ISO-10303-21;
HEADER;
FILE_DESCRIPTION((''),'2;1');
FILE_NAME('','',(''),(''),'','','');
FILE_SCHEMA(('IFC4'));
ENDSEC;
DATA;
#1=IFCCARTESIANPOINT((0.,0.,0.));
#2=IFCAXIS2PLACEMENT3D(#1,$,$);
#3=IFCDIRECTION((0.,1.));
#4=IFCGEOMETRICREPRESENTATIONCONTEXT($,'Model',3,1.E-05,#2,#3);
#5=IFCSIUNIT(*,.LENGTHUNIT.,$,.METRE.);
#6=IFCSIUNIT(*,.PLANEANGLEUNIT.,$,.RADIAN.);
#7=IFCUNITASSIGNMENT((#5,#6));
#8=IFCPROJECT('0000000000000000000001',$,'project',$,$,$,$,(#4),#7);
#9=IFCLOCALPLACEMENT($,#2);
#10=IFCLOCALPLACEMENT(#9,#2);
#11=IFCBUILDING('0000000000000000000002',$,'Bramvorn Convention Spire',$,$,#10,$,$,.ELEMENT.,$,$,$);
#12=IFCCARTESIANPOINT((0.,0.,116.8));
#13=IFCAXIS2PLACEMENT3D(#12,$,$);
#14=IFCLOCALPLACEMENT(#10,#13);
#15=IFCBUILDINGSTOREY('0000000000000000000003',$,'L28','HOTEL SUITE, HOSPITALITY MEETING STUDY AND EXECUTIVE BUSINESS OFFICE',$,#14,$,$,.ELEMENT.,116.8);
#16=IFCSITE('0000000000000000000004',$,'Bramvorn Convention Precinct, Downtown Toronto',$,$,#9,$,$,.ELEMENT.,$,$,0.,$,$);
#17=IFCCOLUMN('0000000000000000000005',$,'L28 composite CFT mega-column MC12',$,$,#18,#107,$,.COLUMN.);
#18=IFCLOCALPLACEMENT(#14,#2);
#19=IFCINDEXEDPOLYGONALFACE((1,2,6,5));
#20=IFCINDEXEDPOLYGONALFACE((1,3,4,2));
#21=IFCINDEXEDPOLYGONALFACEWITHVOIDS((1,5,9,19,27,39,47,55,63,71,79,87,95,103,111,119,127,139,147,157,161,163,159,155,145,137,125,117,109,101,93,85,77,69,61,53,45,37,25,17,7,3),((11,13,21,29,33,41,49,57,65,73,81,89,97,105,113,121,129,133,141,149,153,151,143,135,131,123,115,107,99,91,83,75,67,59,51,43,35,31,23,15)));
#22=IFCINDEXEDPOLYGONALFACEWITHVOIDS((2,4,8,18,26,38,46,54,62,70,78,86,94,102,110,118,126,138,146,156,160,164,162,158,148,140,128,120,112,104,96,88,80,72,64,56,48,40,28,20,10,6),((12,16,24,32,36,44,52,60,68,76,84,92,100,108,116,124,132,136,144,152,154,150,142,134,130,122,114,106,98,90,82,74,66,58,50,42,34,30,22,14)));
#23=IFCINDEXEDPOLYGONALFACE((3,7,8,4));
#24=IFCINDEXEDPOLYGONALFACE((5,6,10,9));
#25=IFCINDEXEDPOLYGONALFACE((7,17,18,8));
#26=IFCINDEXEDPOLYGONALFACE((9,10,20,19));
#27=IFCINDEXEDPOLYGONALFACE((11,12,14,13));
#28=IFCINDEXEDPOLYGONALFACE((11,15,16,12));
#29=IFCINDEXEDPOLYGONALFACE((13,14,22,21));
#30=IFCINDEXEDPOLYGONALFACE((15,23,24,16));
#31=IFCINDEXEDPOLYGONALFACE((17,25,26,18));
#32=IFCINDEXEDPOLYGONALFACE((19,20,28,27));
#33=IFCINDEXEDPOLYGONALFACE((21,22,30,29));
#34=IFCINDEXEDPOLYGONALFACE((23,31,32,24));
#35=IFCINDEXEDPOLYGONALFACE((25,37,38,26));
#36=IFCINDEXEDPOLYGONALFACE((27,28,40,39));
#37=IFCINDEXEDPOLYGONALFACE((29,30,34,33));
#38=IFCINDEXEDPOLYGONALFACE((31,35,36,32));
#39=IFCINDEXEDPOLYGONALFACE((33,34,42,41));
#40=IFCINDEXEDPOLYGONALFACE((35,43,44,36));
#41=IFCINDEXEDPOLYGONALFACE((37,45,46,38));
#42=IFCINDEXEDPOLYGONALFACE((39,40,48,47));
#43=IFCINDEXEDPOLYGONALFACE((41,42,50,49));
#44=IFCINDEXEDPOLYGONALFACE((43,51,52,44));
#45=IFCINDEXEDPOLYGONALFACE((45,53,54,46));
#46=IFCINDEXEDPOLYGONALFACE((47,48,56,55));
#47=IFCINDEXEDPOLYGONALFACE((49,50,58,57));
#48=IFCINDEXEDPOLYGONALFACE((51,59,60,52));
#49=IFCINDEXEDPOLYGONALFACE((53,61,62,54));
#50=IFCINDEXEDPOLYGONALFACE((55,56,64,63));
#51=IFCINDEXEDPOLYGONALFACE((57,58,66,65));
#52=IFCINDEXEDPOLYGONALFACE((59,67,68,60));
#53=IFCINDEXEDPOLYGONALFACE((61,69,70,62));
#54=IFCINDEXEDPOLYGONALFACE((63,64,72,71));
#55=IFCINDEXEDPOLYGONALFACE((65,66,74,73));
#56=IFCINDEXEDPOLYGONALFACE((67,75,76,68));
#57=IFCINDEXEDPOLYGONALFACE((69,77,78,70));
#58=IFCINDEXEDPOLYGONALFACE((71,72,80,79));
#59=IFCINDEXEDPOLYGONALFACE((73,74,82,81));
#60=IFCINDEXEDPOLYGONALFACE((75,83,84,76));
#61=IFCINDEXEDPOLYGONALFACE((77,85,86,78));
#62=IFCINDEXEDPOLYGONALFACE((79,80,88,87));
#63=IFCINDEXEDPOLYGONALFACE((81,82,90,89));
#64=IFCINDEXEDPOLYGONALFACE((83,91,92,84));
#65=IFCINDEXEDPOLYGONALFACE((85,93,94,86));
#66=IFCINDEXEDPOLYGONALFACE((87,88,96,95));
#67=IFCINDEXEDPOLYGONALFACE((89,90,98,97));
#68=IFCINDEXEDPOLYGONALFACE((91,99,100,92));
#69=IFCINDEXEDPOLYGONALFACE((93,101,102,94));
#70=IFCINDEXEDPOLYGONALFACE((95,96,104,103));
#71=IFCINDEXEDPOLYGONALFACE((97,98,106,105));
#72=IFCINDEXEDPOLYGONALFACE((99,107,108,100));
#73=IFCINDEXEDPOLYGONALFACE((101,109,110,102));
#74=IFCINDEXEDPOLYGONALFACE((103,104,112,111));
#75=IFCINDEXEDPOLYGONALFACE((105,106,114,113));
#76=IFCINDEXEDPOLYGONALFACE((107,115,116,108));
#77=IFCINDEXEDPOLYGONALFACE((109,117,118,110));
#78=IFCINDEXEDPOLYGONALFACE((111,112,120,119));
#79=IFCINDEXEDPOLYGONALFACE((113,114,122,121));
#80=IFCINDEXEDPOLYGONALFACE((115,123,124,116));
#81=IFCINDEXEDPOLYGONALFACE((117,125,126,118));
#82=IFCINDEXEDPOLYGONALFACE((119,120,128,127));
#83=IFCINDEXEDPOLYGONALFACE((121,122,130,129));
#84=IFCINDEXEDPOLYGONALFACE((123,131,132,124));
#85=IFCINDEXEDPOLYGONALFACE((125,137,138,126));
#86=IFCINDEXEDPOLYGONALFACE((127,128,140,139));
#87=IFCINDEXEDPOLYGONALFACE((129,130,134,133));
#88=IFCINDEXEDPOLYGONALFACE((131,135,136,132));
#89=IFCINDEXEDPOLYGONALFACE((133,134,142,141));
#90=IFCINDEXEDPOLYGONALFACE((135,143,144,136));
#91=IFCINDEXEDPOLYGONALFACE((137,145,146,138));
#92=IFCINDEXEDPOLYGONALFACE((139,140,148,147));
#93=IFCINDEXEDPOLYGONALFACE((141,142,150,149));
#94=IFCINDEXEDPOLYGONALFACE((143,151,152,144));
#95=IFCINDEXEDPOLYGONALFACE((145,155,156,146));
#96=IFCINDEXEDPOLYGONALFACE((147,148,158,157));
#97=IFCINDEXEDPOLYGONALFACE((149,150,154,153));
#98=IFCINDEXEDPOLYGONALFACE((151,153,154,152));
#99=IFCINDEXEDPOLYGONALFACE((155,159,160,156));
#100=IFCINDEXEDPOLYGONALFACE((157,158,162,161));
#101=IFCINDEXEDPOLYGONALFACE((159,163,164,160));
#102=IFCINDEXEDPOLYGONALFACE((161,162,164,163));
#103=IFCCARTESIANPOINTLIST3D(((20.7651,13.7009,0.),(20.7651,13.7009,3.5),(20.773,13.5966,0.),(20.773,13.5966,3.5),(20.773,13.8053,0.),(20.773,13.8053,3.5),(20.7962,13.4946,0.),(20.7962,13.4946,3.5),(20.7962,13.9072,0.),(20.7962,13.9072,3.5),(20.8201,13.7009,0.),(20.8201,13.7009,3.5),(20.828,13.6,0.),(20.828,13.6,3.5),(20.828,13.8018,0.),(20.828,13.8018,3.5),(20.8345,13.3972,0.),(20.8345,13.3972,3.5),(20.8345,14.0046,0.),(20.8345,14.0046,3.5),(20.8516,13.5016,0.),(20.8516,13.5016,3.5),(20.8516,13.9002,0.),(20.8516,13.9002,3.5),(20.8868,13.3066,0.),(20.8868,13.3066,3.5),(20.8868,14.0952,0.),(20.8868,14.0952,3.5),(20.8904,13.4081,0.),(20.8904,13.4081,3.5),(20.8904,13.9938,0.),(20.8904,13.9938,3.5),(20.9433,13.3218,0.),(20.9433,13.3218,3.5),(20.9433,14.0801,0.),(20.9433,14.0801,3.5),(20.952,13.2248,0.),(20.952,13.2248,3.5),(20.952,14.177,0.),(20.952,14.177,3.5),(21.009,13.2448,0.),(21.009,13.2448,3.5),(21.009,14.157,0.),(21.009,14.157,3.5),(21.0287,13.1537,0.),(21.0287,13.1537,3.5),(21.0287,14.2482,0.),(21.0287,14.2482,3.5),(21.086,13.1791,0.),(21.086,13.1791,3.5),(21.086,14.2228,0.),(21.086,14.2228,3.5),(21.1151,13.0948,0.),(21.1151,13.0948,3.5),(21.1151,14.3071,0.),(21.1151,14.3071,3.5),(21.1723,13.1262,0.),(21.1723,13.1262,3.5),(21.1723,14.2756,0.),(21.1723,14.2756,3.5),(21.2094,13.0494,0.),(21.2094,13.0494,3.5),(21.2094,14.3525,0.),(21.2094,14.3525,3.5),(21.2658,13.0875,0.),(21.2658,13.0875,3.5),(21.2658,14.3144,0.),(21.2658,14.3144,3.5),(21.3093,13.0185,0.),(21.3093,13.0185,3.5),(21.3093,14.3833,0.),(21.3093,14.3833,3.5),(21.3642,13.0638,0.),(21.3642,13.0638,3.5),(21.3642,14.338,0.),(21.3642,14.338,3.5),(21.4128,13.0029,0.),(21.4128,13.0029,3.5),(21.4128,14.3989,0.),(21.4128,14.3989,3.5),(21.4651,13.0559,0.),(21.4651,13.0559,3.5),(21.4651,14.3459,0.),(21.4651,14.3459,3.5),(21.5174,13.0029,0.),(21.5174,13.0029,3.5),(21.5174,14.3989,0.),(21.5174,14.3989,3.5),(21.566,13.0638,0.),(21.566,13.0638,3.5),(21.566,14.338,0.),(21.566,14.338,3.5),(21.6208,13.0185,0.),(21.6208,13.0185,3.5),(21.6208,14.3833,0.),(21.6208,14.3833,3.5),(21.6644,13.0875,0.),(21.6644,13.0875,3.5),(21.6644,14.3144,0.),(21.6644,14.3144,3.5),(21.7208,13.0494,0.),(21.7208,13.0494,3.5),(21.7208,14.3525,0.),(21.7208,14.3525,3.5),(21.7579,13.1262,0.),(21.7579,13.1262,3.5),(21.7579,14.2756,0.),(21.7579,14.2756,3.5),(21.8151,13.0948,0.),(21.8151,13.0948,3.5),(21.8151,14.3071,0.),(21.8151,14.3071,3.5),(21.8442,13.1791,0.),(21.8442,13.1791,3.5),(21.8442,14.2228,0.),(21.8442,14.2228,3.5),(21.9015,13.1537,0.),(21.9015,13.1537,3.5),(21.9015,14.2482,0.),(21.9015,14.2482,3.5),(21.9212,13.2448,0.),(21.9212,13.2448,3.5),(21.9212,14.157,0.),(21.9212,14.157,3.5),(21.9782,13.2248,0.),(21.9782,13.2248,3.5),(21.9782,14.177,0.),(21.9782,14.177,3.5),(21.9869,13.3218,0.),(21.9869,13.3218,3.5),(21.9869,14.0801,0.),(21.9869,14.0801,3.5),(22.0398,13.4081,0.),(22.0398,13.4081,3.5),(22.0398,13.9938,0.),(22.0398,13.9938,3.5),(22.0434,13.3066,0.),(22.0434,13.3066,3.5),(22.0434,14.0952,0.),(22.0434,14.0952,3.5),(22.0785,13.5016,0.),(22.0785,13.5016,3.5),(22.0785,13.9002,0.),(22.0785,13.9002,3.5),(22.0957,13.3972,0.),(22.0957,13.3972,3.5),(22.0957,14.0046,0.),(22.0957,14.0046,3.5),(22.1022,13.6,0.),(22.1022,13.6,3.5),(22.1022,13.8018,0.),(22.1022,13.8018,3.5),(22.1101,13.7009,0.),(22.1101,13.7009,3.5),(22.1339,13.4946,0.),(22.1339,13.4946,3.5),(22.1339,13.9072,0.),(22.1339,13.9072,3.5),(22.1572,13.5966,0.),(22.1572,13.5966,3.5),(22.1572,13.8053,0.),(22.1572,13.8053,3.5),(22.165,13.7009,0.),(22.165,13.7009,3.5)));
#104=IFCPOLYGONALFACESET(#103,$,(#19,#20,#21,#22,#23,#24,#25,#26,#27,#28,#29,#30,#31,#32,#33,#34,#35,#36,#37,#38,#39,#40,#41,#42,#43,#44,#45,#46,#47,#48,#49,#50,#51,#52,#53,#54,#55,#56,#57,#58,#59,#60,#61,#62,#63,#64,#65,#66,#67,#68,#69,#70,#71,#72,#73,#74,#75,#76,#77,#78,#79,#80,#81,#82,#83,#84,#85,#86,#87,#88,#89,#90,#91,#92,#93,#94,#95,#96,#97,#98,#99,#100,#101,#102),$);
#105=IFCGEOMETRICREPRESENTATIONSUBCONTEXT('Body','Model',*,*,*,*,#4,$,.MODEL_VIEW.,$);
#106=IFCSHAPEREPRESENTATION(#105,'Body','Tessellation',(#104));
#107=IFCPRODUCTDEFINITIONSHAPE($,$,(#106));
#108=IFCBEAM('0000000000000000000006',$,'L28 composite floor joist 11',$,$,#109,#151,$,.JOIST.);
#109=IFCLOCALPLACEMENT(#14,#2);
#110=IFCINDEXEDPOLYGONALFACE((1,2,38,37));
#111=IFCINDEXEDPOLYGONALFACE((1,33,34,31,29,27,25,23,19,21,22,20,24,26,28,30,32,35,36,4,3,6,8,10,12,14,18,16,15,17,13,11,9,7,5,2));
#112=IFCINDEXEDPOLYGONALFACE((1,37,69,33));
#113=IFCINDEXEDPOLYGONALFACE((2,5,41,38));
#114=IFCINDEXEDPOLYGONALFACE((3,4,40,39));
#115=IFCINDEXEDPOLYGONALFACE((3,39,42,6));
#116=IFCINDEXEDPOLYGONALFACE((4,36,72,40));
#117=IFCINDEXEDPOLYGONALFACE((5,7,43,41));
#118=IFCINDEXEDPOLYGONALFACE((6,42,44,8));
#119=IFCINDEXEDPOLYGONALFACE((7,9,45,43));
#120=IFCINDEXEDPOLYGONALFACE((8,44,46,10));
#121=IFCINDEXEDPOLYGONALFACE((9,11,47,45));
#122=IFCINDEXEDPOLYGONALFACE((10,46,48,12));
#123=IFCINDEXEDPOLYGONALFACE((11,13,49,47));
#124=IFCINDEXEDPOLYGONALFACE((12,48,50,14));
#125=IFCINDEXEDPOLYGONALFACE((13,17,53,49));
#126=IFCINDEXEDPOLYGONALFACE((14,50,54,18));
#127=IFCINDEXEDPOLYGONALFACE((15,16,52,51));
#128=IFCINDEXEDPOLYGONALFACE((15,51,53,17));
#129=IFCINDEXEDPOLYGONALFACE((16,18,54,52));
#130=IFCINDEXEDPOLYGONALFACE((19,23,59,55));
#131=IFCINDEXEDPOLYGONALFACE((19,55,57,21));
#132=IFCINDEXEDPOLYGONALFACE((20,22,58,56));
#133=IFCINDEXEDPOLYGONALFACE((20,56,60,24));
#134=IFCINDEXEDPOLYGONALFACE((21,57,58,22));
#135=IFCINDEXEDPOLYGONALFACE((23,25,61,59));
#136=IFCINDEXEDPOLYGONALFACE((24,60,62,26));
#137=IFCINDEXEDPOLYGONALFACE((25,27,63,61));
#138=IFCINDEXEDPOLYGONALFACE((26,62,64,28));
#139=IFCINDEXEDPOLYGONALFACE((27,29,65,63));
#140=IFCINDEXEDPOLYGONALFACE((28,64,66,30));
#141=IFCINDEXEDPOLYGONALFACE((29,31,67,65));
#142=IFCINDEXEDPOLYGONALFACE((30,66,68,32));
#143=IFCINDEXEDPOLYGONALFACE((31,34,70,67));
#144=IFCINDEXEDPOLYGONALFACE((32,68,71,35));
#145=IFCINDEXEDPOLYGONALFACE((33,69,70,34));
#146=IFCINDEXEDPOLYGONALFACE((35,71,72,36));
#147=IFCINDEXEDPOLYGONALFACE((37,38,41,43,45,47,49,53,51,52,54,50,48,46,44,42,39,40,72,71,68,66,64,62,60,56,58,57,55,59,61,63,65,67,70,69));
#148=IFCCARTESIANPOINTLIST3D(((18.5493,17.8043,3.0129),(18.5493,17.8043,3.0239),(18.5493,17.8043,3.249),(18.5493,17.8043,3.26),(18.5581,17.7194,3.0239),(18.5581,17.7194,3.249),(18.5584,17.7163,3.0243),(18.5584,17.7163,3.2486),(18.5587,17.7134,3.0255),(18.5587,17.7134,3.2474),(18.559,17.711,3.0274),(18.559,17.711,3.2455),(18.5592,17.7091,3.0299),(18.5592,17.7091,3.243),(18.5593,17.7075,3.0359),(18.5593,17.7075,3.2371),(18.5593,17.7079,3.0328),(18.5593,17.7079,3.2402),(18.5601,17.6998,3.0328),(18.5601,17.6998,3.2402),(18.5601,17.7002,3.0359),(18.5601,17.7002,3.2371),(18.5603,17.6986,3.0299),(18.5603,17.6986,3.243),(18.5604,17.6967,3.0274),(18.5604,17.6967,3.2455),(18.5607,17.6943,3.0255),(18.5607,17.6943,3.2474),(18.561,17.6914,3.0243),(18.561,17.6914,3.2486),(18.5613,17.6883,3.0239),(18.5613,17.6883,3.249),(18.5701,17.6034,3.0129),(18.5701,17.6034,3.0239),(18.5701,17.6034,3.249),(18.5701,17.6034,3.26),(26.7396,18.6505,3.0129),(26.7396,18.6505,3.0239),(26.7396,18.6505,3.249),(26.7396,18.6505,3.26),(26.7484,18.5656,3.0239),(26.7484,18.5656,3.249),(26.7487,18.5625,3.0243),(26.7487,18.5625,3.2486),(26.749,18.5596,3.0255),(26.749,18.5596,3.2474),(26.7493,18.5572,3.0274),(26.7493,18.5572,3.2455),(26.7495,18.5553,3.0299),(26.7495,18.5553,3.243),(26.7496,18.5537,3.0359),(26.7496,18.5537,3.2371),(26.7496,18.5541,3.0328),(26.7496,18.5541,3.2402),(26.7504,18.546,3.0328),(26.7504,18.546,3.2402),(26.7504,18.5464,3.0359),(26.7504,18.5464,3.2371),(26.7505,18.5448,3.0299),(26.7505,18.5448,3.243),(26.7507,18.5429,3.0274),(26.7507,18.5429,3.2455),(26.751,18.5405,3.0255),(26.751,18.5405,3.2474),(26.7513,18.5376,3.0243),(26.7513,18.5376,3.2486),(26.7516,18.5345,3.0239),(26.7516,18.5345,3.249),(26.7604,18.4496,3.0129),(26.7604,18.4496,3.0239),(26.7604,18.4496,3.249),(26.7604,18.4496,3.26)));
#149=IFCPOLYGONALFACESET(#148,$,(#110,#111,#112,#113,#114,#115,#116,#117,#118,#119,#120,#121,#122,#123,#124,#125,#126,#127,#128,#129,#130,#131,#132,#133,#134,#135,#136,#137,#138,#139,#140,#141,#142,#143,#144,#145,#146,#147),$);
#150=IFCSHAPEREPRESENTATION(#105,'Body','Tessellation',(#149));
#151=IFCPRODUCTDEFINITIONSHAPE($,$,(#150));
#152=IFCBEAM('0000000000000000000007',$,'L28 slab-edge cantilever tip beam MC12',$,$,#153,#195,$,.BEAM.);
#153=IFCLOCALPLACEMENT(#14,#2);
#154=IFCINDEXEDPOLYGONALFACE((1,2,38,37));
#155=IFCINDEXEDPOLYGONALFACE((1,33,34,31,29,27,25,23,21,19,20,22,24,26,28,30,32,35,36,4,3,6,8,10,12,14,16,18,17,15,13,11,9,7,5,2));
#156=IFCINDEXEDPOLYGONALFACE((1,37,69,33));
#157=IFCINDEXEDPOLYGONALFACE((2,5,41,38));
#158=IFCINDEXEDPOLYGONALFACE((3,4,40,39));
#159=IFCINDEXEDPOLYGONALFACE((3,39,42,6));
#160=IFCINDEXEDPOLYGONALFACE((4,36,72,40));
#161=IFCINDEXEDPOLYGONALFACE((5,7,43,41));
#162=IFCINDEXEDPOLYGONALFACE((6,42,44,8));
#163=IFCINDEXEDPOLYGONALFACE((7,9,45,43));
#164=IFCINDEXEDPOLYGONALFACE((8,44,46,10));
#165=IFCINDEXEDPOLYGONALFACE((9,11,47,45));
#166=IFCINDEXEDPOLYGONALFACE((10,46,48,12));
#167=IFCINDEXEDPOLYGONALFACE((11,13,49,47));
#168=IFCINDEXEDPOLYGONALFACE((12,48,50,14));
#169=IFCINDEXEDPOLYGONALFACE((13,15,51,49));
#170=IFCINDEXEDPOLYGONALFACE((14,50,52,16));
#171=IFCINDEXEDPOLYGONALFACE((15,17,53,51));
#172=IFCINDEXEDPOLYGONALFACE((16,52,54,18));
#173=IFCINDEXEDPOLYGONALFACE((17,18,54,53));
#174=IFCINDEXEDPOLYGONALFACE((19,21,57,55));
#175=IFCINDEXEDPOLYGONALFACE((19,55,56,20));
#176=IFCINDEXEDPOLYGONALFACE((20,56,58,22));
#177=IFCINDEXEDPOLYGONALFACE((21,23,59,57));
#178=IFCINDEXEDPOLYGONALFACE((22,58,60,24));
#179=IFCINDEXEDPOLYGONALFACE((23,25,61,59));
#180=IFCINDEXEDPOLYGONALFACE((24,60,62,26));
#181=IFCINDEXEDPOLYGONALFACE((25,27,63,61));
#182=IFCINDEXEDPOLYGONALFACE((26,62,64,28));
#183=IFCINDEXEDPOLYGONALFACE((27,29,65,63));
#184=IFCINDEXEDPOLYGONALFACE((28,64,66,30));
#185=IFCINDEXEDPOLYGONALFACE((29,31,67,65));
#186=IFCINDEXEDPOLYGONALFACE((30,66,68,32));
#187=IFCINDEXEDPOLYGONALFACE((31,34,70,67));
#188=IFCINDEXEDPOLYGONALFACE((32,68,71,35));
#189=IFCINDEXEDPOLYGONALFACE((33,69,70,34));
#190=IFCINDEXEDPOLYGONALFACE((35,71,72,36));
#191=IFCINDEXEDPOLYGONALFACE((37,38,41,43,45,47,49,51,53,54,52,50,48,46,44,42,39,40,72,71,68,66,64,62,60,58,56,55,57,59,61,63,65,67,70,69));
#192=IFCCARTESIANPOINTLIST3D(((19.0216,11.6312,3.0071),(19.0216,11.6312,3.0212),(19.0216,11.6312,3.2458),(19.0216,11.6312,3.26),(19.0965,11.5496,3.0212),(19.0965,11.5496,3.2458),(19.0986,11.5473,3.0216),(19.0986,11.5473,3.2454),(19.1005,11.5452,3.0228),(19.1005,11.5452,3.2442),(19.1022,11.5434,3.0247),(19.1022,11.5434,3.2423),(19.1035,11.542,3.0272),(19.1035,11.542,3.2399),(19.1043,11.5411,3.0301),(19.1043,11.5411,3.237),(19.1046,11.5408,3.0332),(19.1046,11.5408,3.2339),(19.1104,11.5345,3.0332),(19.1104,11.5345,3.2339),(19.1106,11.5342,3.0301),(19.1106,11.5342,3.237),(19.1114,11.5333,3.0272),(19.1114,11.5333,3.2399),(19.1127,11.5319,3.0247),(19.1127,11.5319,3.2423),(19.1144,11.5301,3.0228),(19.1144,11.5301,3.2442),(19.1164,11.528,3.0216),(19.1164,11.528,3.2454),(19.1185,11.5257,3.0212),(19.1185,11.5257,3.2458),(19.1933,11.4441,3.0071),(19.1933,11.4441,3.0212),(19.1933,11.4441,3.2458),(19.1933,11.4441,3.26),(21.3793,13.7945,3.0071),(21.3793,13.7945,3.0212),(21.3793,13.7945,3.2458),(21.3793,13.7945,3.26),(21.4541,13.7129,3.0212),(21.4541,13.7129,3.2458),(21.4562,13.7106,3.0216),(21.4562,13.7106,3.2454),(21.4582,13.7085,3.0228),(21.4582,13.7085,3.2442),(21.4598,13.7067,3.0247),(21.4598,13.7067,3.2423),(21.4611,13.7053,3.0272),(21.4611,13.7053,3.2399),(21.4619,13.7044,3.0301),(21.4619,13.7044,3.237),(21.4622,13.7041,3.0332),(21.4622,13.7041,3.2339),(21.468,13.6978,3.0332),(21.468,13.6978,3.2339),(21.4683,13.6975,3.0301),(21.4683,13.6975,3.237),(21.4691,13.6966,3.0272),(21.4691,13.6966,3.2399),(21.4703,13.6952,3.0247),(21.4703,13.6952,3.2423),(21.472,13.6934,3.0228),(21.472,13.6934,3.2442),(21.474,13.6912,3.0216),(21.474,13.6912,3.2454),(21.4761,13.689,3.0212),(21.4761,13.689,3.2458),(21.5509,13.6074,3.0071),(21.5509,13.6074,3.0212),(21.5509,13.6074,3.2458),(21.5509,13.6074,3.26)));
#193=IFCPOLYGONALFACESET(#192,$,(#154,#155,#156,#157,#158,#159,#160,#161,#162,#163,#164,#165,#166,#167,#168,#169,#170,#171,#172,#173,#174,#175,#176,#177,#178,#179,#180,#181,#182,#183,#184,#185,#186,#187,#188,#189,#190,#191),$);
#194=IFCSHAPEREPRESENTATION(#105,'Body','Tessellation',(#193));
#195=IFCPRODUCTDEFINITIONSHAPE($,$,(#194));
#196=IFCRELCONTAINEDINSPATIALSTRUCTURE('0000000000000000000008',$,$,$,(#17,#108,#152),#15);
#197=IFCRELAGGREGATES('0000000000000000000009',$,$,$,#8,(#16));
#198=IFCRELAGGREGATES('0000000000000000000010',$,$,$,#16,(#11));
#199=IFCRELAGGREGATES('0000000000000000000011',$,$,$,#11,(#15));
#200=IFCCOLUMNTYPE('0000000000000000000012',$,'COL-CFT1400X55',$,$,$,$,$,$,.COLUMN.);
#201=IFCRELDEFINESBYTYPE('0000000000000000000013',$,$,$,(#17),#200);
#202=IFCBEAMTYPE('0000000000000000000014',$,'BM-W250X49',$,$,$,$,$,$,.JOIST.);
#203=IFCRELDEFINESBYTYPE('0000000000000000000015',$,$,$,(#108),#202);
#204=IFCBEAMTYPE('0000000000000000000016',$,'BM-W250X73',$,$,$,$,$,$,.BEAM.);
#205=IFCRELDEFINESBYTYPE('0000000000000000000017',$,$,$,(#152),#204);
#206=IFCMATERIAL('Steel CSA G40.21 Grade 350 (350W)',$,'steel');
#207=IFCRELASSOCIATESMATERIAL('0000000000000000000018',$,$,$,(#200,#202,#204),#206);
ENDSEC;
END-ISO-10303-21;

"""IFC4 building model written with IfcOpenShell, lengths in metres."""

from ifc_helpers import new_model, si_unit, direction, frame, origin, origin_2d, place, context, subcontext, project, spatial, hollow_circle, i_section, extrude, material, material_profile, profile_set, type_object, element, save


model = new_model("IFC4")

# Units and contexts
model_context = context("Model", 3, precision=1e-05, world=origin(), true_north=direction((0.0, 1.0)))
body_context = subcontext(model_context, "Body", "Model", "MODEL_VIEW")
ifc_project = project(units=[si_unit("LENGTHUNIT", "METRE"), si_unit("PLANEANGLEUNIT", "RADIAN")], contexts=[model_context])

# Site, building, storey
site_placement = place(None, origin())
site = spatial("IfcSite", under=ifc_project, at=site_placement, Name="Bramvorn Convention Precinct, Downtown Toronto", CompositionType="ELEMENT", RefElevation=0.0)
building_placement = place(site_placement, origin())
building = spatial("IfcBuilding", under=site, at=building_placement, Name="Bramvorn Convention Spire", CompositionType="ELEMENT")
storey_placement = place(building_placement, frame((0.0, 0.0, 116.8)))
storey = spatial("IfcBuildingStorey", under=building, at=storey_placement, Name="L28", Description="HOTEL SUITE, HOSPITALITY MEETING STUDY AND EXECUTIVE BUSINESS OFFICE", CompositionType="ELEMENT", Elevation=116.8)

# Column
ifc_material_1 = material(Name="Steel CSA G40.21 Grade 350 (350W)", Category="steel")
ifc_material_profile_1 = material_profile(ifc_material_1, hollow_circle(Radius=0.7, WallThickness=0.0549, at=origin_2d()))
ifc_profile_set_1 = profile_set([ifc_material_profile_1], Name="Steel CSA G40.21 Grade 350 (350W) - CFT1400X55")
column_type = type_object("IfcColumnType", Name="COL-CFT1400X55", PredefinedType="COLUMN", material=ifc_profile_set_1)
column_placement = place(storey_placement, frame((21.4651, 13.7009, 0.0), z_axis=(0.0, 0.0, 1.0), x_axis=(1.0, 0.0, 0.0)))
element("IfcColumn", 1, at=column_placement, inside=storey, type_object=column_type, Name="L28 composite CFT mega-column MC12", PredefinedType="COLUMN", context=body_context, shape_type="SweptSolid", body=[
    extrude(hollow_circle(Radius=0.7, WallThickness=0.0549, at=origin_2d()), origin(), (0.0, 0.0, 1.0), 3.5),
])

# Beams
ifc_material_profile_2 = material_profile(ifc_material_1, i_section(OverallWidth=0.2019, OverallDepth=0.2471, WebThickness=0.0073, FlangeThickness=0.011, FilletRadius=0.012, at=origin_2d()))
ifc_profile_set_2 = profile_set([ifc_material_profile_2], Name="Steel CSA G40.21 Grade 350 (350W) - W250X49")
beam_type_1 = type_object("IfcBeamType", Name="BM-W250X49", PredefinedType="JOIST", material=ifc_profile_set_2)
beam_1_placement = place(storey_placement, frame((26.75, 18.55, 3.1365), z_axis=(-0.994705, -0.102771, 0.0), x_axis=(0.102771, -0.994705, 0.0)))
element("IfcBeam", 2, at=beam_1_placement, inside=storey, type_object=beam_type_1, Name="L28 composite floor joist 11", PredefinedType="JOIST", context=body_context, shape_type="SweptSolid", body=[
    extrude(i_section(OverallWidth=0.2019, OverallDepth=0.2471, WebThickness=0.0073, FlangeThickness=0.011, FilletRadius=0.012, at=origin_2d()), origin(), (0.0, 0.0, 1.0), 8.2339),
])
ifc_material_profile_3 = material_profile(ifc_material_1, i_section(OverallWidth=0.2539, OverallDepth=0.2529, WebThickness=0.0085, FlangeThickness=0.0142, FilletRadius=0.012, at=origin_2d()))
ifc_profile_set_3 = profile_set([ifc_material_profile_3], Name="Steel CSA G40.21 Grade 350 (350W) - W250X73")
beam_type_2 = type_object("IfcBeamType", Name="BM-W250X73", PredefinedType="BEAM", material=ifc_profile_set_3)
beam_2_placement = place(storey_placement, frame((21.4651, 13.7009, 3.1335), z_axis=(-0.736822, -0.676087, 0.0), x_axis=(0.676087, -0.736822, 0.0)))
element("IfcBeam", 3, at=beam_2_placement, inside=storey, type_object=beam_type_2, Name="L28 slab-edge cantilever tip beam MC12", PredefinedType="BEAM", context=body_context, shape_type="SweptSolid", body=[
    extrude(i_section(OverallWidth=0.2539, OverallDepth=0.2529, WebThickness=0.0085, FlangeThickness=0.0142, FilletRadius=0.012, at=origin_2d()), origin(), (0.0, 0.0, 1.0), 3.1997),
])

save(model, "model.ifc")
